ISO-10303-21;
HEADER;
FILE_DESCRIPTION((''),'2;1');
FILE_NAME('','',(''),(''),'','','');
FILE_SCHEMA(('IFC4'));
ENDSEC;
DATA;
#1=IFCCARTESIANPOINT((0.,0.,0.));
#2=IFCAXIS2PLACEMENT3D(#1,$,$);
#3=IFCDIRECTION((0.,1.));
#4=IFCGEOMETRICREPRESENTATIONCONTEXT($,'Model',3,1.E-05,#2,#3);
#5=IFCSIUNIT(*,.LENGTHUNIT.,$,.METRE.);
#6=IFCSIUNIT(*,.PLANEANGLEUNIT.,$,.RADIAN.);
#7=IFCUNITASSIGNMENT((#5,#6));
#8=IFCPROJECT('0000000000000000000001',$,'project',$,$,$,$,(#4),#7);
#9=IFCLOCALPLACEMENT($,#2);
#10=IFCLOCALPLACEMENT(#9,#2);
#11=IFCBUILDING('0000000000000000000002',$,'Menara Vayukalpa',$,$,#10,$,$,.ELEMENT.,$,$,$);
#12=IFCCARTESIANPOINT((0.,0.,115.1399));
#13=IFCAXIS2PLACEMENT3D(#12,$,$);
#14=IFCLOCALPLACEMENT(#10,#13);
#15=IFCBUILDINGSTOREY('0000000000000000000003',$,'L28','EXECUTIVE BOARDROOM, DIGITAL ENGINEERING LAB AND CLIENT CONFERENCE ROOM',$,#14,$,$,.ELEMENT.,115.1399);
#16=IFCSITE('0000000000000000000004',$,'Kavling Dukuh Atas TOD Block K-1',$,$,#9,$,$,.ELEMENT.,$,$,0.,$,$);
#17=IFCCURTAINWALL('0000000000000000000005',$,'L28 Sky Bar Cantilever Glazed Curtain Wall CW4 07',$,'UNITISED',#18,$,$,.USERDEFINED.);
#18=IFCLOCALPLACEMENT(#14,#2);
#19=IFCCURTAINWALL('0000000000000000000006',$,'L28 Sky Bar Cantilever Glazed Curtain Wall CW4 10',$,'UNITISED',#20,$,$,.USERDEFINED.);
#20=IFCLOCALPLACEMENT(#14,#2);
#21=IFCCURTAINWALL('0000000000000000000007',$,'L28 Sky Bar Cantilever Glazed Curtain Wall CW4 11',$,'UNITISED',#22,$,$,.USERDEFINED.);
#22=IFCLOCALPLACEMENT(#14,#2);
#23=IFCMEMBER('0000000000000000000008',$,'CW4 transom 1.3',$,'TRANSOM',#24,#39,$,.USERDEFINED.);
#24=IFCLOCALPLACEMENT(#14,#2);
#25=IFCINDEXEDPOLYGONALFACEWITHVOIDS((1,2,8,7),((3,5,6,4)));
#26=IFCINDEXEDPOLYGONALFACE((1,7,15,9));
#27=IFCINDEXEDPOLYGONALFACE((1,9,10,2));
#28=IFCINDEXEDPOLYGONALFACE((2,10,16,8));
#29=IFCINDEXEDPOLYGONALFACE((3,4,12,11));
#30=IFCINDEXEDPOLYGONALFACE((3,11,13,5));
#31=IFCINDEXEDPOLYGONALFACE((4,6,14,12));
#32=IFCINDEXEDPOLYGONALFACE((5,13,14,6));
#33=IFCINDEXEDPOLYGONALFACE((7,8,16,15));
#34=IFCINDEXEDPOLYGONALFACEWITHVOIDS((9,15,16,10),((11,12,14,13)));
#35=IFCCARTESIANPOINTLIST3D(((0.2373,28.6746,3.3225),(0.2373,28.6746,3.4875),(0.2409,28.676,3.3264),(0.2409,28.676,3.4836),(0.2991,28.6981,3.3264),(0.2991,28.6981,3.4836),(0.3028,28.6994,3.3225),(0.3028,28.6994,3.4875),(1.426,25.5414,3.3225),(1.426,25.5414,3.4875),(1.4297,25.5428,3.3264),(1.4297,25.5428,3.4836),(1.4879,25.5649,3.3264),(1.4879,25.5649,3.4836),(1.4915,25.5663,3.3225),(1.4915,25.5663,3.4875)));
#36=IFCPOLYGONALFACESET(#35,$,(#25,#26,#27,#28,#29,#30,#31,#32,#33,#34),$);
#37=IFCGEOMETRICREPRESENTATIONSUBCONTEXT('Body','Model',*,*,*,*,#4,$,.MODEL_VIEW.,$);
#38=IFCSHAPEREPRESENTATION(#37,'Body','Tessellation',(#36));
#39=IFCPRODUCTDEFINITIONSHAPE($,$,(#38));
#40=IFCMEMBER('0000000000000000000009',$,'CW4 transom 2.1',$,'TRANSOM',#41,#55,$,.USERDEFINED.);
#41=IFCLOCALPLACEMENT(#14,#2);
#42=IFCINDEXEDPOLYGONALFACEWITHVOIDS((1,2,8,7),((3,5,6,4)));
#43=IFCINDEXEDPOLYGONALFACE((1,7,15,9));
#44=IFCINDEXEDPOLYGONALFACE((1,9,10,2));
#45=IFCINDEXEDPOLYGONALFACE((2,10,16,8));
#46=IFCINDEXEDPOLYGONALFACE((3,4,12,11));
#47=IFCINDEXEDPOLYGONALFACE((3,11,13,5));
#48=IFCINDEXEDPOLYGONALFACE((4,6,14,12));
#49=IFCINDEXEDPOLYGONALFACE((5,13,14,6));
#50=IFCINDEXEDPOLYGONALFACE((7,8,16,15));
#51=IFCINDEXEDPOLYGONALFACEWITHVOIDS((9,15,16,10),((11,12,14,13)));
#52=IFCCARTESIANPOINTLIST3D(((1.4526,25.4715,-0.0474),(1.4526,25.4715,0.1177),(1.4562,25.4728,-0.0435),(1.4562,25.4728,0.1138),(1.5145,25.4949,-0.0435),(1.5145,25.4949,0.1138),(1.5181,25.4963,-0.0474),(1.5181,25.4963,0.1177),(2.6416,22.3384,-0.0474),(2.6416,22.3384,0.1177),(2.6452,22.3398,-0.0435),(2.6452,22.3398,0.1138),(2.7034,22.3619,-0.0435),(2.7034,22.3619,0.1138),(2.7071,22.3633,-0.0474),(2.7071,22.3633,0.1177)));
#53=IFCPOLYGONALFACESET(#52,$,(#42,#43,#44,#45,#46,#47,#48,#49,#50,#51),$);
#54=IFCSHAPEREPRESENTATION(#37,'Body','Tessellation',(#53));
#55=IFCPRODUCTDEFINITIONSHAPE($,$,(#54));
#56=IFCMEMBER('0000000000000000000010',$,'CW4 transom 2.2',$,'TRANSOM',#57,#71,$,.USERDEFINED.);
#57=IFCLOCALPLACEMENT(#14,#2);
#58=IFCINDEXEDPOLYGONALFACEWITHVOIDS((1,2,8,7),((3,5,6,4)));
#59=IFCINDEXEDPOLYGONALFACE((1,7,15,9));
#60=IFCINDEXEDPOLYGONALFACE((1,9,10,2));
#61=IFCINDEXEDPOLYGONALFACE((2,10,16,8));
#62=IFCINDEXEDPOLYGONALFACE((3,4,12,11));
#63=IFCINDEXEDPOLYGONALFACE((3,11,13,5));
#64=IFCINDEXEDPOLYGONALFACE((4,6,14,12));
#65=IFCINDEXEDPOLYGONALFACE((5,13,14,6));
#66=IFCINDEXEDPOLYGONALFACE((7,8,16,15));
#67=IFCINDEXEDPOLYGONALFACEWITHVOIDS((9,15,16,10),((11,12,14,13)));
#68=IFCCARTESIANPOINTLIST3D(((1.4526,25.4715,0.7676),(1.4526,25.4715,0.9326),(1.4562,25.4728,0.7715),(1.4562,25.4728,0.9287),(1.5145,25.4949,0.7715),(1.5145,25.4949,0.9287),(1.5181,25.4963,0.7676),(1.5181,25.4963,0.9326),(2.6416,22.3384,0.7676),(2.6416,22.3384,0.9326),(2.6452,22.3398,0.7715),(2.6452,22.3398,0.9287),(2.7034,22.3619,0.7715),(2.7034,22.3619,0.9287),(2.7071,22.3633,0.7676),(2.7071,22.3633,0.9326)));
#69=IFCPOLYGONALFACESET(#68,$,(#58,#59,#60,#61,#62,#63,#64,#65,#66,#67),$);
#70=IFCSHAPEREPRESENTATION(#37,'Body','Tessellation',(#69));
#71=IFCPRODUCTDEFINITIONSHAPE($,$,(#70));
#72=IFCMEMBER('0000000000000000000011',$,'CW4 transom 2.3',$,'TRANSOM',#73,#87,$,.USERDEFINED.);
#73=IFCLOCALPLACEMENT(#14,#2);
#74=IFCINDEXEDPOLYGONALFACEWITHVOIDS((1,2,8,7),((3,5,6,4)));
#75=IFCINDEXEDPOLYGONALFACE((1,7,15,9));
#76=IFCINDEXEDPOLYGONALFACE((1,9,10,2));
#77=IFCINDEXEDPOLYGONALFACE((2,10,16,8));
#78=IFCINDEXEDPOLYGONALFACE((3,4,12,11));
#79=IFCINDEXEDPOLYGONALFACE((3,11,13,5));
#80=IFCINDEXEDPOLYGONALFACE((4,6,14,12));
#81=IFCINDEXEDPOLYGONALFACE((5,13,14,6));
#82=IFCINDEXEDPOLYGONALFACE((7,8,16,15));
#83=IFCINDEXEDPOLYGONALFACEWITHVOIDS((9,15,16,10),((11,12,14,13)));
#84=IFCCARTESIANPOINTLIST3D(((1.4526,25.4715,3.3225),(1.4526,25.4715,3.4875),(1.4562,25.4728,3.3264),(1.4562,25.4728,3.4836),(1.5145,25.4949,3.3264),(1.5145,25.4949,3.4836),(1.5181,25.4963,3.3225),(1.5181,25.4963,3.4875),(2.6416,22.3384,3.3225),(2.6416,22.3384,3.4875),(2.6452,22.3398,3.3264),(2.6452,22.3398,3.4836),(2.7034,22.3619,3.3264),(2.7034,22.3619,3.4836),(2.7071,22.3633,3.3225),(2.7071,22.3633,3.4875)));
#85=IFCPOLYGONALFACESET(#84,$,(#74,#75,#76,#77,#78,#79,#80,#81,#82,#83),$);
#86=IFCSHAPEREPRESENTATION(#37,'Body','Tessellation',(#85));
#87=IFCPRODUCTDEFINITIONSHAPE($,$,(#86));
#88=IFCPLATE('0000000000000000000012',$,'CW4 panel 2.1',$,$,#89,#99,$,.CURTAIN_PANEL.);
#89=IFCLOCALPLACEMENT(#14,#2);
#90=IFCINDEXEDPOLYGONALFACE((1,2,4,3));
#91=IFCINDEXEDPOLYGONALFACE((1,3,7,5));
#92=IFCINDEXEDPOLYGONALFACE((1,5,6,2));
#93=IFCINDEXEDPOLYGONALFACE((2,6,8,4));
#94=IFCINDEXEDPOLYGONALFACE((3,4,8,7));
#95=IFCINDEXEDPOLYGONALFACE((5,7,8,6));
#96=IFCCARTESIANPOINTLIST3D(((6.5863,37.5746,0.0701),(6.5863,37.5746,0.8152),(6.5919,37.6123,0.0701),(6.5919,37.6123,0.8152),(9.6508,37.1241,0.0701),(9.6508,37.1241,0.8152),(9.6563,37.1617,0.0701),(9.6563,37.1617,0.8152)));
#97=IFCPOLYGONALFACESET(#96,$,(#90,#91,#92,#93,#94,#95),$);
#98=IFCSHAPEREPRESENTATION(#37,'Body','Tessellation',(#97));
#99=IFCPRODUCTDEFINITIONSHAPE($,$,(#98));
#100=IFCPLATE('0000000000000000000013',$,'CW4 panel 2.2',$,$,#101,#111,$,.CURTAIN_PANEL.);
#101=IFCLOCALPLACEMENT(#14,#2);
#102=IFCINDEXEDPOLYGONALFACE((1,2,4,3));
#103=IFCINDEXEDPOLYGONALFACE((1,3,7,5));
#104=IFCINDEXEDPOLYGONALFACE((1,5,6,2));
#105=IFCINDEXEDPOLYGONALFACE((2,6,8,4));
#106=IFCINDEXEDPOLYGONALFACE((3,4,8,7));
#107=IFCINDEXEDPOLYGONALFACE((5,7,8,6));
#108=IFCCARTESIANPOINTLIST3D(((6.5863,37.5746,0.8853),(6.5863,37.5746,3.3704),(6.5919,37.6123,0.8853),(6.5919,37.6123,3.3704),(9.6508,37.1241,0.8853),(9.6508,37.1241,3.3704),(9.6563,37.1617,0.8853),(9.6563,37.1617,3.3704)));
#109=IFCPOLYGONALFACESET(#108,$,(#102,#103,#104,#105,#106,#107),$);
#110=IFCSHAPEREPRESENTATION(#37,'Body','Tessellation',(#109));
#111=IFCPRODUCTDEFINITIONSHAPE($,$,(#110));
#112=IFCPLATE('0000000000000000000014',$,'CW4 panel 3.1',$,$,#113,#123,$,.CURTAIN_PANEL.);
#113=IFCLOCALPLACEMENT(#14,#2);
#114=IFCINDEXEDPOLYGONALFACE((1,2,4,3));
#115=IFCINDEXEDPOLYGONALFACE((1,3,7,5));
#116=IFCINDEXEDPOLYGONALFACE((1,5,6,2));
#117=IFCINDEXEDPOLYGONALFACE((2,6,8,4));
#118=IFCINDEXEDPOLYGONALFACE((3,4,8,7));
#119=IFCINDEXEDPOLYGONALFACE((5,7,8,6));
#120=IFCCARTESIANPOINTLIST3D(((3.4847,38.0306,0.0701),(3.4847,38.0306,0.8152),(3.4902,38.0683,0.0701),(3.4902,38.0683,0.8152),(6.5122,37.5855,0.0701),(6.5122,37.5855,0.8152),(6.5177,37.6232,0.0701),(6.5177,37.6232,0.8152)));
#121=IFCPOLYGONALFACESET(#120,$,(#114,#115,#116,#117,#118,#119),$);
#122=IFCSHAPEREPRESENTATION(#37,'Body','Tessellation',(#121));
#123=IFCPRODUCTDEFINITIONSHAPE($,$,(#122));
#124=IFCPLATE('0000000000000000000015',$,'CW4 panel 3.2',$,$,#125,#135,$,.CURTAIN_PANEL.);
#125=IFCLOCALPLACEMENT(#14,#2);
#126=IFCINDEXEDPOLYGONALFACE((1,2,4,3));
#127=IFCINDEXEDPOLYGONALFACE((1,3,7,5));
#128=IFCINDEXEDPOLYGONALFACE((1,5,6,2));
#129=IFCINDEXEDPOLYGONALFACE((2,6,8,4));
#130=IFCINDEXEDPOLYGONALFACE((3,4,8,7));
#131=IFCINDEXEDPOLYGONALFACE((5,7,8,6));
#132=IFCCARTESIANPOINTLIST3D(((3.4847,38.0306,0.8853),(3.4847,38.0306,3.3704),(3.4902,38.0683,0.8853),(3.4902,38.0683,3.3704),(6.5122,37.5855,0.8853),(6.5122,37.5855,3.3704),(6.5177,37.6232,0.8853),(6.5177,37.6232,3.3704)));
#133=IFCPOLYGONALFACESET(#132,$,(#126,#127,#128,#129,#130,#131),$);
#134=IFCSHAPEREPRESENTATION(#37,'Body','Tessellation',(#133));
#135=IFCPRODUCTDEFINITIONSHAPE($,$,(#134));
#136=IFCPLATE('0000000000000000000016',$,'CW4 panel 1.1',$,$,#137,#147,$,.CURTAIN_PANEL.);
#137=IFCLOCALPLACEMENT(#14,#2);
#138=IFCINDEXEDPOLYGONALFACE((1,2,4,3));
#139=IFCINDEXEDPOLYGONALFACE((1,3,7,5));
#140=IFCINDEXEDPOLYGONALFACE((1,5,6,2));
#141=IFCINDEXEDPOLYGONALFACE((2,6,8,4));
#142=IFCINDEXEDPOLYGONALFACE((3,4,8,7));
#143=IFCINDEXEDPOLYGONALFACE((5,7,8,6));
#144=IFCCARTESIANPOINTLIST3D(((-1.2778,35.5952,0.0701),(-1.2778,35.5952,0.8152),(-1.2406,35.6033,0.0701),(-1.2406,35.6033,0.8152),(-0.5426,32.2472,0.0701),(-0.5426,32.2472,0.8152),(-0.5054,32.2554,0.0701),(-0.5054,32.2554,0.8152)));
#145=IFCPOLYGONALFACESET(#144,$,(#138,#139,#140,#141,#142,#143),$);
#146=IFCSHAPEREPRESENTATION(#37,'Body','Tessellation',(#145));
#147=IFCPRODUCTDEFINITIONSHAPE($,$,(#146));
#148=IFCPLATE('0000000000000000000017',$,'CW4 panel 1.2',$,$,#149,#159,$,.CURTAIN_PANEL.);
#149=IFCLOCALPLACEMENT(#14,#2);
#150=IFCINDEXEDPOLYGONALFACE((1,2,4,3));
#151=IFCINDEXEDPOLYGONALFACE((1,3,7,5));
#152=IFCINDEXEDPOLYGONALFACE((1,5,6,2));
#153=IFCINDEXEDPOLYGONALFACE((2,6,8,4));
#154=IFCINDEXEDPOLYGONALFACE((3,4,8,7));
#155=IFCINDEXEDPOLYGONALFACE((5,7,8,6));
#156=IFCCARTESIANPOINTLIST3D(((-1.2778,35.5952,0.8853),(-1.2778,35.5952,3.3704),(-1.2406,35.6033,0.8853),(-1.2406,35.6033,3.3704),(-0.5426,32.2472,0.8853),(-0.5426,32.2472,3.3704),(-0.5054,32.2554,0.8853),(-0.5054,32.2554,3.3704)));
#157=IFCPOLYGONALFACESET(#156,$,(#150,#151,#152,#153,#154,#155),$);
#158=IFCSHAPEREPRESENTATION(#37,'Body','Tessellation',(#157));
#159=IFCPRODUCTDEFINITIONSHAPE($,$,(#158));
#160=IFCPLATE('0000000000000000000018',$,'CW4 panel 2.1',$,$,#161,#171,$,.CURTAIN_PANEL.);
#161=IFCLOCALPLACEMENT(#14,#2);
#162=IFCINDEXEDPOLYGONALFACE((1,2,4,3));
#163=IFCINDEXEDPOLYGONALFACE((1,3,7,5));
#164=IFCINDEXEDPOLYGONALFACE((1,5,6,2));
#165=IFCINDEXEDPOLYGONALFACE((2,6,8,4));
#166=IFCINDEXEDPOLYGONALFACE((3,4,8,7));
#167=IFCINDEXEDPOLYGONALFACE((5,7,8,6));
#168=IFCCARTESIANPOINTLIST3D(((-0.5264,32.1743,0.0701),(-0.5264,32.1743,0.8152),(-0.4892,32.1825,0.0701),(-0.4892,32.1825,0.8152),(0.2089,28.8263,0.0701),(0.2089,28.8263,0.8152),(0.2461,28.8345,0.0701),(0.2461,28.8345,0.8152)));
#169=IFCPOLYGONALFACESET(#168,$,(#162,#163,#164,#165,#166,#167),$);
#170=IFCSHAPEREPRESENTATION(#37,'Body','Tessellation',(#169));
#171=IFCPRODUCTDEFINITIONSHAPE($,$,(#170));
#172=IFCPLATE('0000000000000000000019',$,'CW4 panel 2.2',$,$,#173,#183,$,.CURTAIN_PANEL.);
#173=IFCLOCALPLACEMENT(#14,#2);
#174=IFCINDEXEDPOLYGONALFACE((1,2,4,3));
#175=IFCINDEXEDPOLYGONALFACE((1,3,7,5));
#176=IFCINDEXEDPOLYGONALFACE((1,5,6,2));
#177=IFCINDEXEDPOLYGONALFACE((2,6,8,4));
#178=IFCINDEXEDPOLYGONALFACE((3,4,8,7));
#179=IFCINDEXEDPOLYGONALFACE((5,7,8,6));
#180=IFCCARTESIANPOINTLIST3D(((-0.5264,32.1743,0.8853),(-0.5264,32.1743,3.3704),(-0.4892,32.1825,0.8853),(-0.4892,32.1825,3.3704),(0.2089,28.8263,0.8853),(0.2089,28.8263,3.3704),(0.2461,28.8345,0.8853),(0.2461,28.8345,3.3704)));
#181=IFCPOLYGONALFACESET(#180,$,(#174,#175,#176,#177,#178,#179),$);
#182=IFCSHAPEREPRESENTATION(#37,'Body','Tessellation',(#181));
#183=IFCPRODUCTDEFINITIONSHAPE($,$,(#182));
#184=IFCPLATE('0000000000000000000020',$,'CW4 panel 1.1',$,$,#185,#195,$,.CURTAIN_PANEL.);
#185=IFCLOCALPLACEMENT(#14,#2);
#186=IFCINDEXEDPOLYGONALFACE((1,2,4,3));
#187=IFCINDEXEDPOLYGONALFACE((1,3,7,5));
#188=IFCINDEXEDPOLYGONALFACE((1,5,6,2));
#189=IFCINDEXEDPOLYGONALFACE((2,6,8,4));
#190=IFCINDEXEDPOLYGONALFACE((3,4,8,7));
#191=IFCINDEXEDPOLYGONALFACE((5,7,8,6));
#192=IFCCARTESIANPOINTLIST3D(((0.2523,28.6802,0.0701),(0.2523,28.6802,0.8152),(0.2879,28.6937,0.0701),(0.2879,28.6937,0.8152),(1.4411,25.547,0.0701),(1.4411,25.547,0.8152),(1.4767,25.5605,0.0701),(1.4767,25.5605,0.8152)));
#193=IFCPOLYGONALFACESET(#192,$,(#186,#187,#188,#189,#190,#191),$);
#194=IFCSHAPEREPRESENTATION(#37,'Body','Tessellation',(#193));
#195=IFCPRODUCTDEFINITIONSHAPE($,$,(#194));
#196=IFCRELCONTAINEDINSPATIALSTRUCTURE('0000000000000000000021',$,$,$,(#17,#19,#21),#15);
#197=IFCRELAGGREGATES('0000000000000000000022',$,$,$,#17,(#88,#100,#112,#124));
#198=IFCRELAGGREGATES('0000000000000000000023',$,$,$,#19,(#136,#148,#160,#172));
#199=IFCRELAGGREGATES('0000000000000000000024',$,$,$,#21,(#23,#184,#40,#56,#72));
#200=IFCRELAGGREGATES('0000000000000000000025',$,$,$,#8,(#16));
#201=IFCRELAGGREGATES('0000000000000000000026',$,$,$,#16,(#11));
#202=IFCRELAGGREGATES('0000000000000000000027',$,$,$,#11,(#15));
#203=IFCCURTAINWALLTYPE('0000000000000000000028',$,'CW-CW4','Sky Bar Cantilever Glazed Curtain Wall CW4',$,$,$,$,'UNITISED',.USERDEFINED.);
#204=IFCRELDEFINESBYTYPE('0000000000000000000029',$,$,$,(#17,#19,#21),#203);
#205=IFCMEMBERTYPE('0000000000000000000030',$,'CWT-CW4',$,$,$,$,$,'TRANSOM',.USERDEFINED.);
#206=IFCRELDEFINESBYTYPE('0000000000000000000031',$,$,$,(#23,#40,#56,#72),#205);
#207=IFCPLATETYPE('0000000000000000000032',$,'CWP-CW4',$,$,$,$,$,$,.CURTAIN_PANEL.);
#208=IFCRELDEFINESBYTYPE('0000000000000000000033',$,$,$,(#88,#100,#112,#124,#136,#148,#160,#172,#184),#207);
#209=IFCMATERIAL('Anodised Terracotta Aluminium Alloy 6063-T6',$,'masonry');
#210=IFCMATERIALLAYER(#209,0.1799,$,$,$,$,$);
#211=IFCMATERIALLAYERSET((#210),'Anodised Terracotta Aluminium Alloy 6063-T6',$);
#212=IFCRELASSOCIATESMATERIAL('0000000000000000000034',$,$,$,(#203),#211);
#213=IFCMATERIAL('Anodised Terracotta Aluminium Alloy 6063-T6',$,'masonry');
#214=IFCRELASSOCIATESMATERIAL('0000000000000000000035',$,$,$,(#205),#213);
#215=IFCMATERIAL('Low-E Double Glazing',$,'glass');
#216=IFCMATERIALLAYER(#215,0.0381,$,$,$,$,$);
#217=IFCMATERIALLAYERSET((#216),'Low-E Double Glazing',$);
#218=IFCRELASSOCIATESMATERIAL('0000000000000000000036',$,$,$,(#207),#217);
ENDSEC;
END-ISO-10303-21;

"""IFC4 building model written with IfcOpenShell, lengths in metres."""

from ifc_helpers import new_model, si_unit, direction, frame, origin, origin_2d, place, context, subcontext, project, spatial, rectangle, hollow_rectangle, extrude, material, layer, layer_set, material_profile, profile_set, type_object, element, aggregate, save


model = new_model("IFC4")

# Units and contexts
model_context = context("Model", 3, precision=1e-05, world=origin(), true_north=direction((0.0, 1.0)))
body_context = subcontext(model_context, "Body", "Model", "MODEL_VIEW")
ifc_project = project(units=[si_unit("LENGTHUNIT", "METRE"), si_unit("PLANEANGLEUNIT", "RADIAN")], contexts=[model_context])

# Site, building, storey
site_placement = place(None, origin())
site = spatial("IfcSite", under=ifc_project, at=site_placement, Name="Kavling Dukuh Atas TOD Block K-1", CompositionType="ELEMENT", RefElevation=0.0)
building_placement = place(site_placement, origin())
building = spatial("IfcBuilding", under=site, at=building_placement, Name="Menara Vayukalpa", CompositionType="ELEMENT")
storey_placement = place(building_placement, frame((0.0, 0.0, 115.1399)))
storey = spatial("IfcBuildingStorey", under=building, at=storey_placement, Name="L28", Description="EXECUTIVE BOARDROOM, DIGITAL ENGINEERING LAB AND CLIENT CONFERENCE ROOM", CompositionType="ELEMENT", Elevation=115.1399)

# Curtain walls
ifc_material_1 = material(Name="Anodised Terracotta Aluminium Alloy 6063-T6", Category="masonry")
ifc_layer_1 = layer(ifc_material_1, 0.1799)
ifc_layer_set_1 = layer_set([ifc_layer_1], Name="Anodised Terracotta Aluminium Alloy 6063-T6")
curtain_wall_type = type_object("IfcCurtainWallType", Name="CW-CW4", Description="Sky Bar Cantilever Glazed Curtain Wall CW4", ElementType="UNITISED", PredefinedType="USERDEFINED", material=ifc_layer_set_1)
curtain_wall_1_placement = place(storey_placement, origin())
curtain_wall_1 = element("IfcCurtainWall", 1, at=curtain_wall_1_placement, inside=storey, type_object=curtain_wall_type, Name="L28 Sky Bar Cantilever Glazed Curtain Wall CW4 07", ObjectType="UNITISED", PredefinedType="USERDEFINED")
curtain_wall_2_placement = place(storey_placement, origin())
curtain_wall_2 = element("IfcCurtainWall", 2, at=curtain_wall_2_placement, inside=storey, type_object=curtain_wall_type, Name="L28 Sky Bar Cantilever Glazed Curtain Wall CW4 10", ObjectType="UNITISED", PredefinedType="USERDEFINED")
curtain_wall_3_placement = place(storey_placement, origin())
curtain_wall_3 = element("IfcCurtainWall", 3, at=curtain_wall_3_placement, inside=storey, type_object=curtain_wall_type, Name="L28 Sky Bar Cantilever Glazed Curtain Wall CW4 11", ObjectType="UNITISED", PredefinedType="USERDEFINED")

# Members
ifc_material_2 = material(Name="Anodised Terracotta Aluminium Alloy 6063-T6", Category="masonry")
ifc_material_profile_1 = material_profile(ifc_material_2, hollow_rectangle(XDim=0.0701, YDim=0.165, WallThickness=0.0039, at=origin_2d()), Name="ALU 70x165x4")
ifc_profile_set_1 = profile_set([ifc_material_profile_1], Name="Anodised Terracotta Aluminium Alloy 6063-T6")
member_type_1 = type_object("IfcMemberType", Name="CWT-CW4", ElementType="TRANSOM", PredefinedType="USERDEFINED", material=ifc_profile_set_1)
member_1_placement = place(storey_placement, frame((0.27, 28.687, 3.405), z_axis=(0.354738, -0.934966, 0.0), x_axis=(0.934966, 0.354738, 0.0)))
member_1 = element("IfcMember", 4, at=member_1_placement, type_object=member_type_1, Name="CW4 transom 1.3", ObjectType="TRANSOM", PredefinedType="USERDEFINED", context=body_context, shape_type="SweptSolid", body=[
    extrude(hollow_rectangle(XDim=0.0701, YDim=0.165, WallThickness=0.0039, at=origin_2d()), origin(), (0.0, 0.0, 1.0), 3.3511),
])
member_2_placement = place(storey_placement, frame((1.4854, 25.4839, 0.0352), z_axis=(0.354801, -0.934942, 0.0), x_axis=(0.934942, 0.354801, 0.0)))
member_2 = element("IfcMember", 5, at=member_2_placement, type_object=member_type_1, Name="CW4 transom 2.1", ObjectType="TRANSOM", PredefinedType="USERDEFINED", context=body_context, shape_type="SweptSolid", body=[
    extrude(hollow_rectangle(XDim=0.0701, YDim=0.165, WallThickness=0.0039, at=origin_2d()), origin(), (0.0, 0.0, 1.0), 3.3511),
])
member_3_placement = place(storey_placement, frame((1.4854, 25.4839, 0.8501), z_axis=(0.354801, -0.934942, 0.0), x_axis=(0.934942, 0.354801, 0.0)))
member_3 = element("IfcMember", 6, at=member_3_placement, type_object=member_type_1, Name="CW4 transom 2.2", ObjectType="TRANSOM", PredefinedType="USERDEFINED", context=body_context, shape_type="SweptSolid", body=[
    extrude(hollow_rectangle(XDim=0.0701, YDim=0.165, WallThickness=0.0039, at=origin_2d()), origin(), (0.0, 0.0, 1.0), 3.3511),
])
member_4_placement = place(storey_placement, frame((1.4854, 25.4839, 3.405), z_axis=(0.354801, -0.934942, 0.0), x_axis=(0.934942, 0.354801, 0.0)))
member_4 = element("IfcMember", 7, at=member_4_placement, type_object=member_type_1, Name="CW4 transom 2.3", ObjectType="TRANSOM", PredefinedType="USERDEFINED", context=body_context, shape_type="SweptSolid", body=[
    extrude(hollow_rectangle(XDim=0.0701, YDim=0.165, WallThickness=0.0039, at=origin_2d()), origin(), (0.0, 0.0, 1.0), 3.3511),
])

# Plates
ifc_material_3 = material(Name="Low-E Double Glazing", Category="glass")
ifc_layer_2 = layer(ifc_material_3, 0.0381)
ifc_layer_set_2 = layer_set([ifc_layer_2], Name="Low-E Double Glazing")
plate_type_1 = type_object("IfcPlateType", Name="CWP-CW4", PredefinedType="CURTAIN_PANEL", material=ifc_layer_set_2)
plate_1_placement = place(storey_placement, frame((8.1213, 37.3682, 0.0701), z_axis=(0.0, 0.0, 1.0), x_axis=(-0.989365, 0.145451, 0.0)))
plate_1 = element("IfcPlate", 8, at=plate_1_placement, type_object=plate_type_1, Name="CW4 panel 2.1", PredefinedType="CURTAIN_PANEL", context=body_context, shape_type="SweptSolid", body=[
    extrude(rectangle(XDim=3.0974, YDim=0.0381, at=origin_2d()), origin(), (0.0, 0.0, 1.0), 0.7451),
])
plate_2_placement = place(storey_placement, frame((8.1213, 37.3682, 0.8853), z_axis=(0.0, 0.0, 1.0), x_axis=(-0.989365, 0.145451, 0.0)))
plate_2 = element("IfcPlate", 9, at=plate_2_placement, type_object=plate_type_1, Name="CW4 panel 2.2", PredefinedType="CURTAIN_PANEL", context=body_context, shape_type="SweptSolid", body=[
    extrude(rectangle(XDim=3.0974, YDim=0.0381, at=origin_2d()), origin(), (0.0, 0.0, 1.0), 2.4851),
])
plate_3_placement = place(storey_placement, frame((5.0012, 37.8269, 0.0701), z_axis=(0.0, 0.0, 1.0), x_axis=(-0.989365, 0.145451, 0.0)))
plate_3 = element("IfcPlate", 10, at=plate_3_placement, type_object=plate_type_1, Name="CW4 panel 3.1", PredefinedType="CURTAIN_PANEL", context=body_context, shape_type="SweptSolid", body=[
    extrude(rectangle(XDim=3.0601, YDim=0.0381, at=origin_2d()), origin(), (0.0, 0.0, 1.0), 0.7451),
])
plate_4_placement = place(storey_placement, frame((5.0012, 37.8269, 0.8853), z_axis=(0.0, 0.0, 1.0), x_axis=(-0.989365, 0.145451, 0.0)))
plate_4 = element("IfcPlate", 11, at=plate_4_placement, type_object=plate_type_1, Name="CW4 panel 3.2", PredefinedType="CURTAIN_PANEL", context=body_context, shape_type="SweptSolid", body=[
    extrude(rectangle(XDim=3.0601, YDim=0.0381, at=origin_2d()), origin(), (0.0, 0.0, 1.0), 2.4851),
])
aggregate(curtain_wall_1, [plate_1, plate_2, plate_3, plate_4])
plate_5_placement = place(storey_placement, frame((-0.8916, 33.9253, 0.0701), z_axis=(0.0, 0.0, 1.0), x_axis=(0.21451, -0.976722, 0.0)))
plate_5 = element("IfcPlate", 12, at=plate_5_placement, type_object=plate_type_1, Name="CW4 panel 1.1", PredefinedType="CURTAIN_PANEL", context=body_context, shape_type="SweptSolid", body=[
    extrude(rectangle(XDim=3.4277, YDim=0.0381, at=origin_2d()), origin(), (0.0, 0.0, 1.0), 0.7451),
])
plate_6_placement = place(storey_placement, frame((-0.8916, 33.9253, 0.8853), z_axis=(0.0, 0.0, 1.0), x_axis=(0.21451, -0.976722, 0.0)))
plate_6 = element("IfcPlate", 13, at=plate_6_placement, type_object=plate_type_1, Name="CW4 panel 1.2", PredefinedType="CURTAIN_PANEL", context=body_context, shape_type="SweptSolid", body=[
    extrude(rectangle(XDim=3.4277, YDim=0.0381, at=origin_2d()), origin(), (0.0, 0.0, 1.0), 2.4851),
])
plate_7_placement = place(storey_placement, frame((-0.1401, 30.5044, 0.0701), z_axis=(0.0, 0.0, 1.0), x_axis=(0.21451, -0.976722, 0.0)))
plate_7 = element("IfcPlate", 14, at=plate_7_placement, type_object=plate_type_1, Name="CW4 panel 2.1", PredefinedType="CURTAIN_PANEL", context=body_context, shape_type="SweptSolid", body=[
    extrude(rectangle(XDim=3.4277, YDim=0.0381, at=origin_2d()), origin(), (0.0, 0.0, 1.0), 0.7451),
])
plate_8_placement = place(storey_placement, frame((-0.1401, 30.5044, 0.8853), z_axis=(0.0, 0.0, 1.0), x_axis=(0.21451, -0.976722, 0.0)))
plate_8 = element("IfcPlate", 15, at=plate_8_placement, type_object=plate_type_1, Name="CW4 panel 2.2", PredefinedType="CURTAIN_PANEL", context=body_context, shape_type="SweptSolid", body=[
    extrude(rectangle(XDim=3.4277, YDim=0.0381, at=origin_2d()), origin(), (0.0, 0.0, 1.0), 2.4851),
])
aggregate(curtain_wall_2, [plate_5, plate_6, plate_7, plate_8])
plate_9_placement = place(storey_placement, frame((0.8645, 27.1204, 0.0701), z_axis=(0.0, 0.0, 1.0), x_axis=(0.354742, -0.934964, 0.0)))
plate_9 = element("IfcPlate", 16, at=plate_9_placement, type_object=plate_type_1, Name="CW4 panel 1.1", PredefinedType="CURTAIN_PANEL", context=body_context, shape_type="SweptSolid", body=[
    extrude(rectangle(XDim=3.3511, YDim=0.0381, at=origin_2d()), origin(), (0.0, 0.0, 1.0), 0.7451),
])
aggregate(curtain_wall_3, [member_1, plate_9, member_2, member_3, member_4])

save(model, "model.ifc")
